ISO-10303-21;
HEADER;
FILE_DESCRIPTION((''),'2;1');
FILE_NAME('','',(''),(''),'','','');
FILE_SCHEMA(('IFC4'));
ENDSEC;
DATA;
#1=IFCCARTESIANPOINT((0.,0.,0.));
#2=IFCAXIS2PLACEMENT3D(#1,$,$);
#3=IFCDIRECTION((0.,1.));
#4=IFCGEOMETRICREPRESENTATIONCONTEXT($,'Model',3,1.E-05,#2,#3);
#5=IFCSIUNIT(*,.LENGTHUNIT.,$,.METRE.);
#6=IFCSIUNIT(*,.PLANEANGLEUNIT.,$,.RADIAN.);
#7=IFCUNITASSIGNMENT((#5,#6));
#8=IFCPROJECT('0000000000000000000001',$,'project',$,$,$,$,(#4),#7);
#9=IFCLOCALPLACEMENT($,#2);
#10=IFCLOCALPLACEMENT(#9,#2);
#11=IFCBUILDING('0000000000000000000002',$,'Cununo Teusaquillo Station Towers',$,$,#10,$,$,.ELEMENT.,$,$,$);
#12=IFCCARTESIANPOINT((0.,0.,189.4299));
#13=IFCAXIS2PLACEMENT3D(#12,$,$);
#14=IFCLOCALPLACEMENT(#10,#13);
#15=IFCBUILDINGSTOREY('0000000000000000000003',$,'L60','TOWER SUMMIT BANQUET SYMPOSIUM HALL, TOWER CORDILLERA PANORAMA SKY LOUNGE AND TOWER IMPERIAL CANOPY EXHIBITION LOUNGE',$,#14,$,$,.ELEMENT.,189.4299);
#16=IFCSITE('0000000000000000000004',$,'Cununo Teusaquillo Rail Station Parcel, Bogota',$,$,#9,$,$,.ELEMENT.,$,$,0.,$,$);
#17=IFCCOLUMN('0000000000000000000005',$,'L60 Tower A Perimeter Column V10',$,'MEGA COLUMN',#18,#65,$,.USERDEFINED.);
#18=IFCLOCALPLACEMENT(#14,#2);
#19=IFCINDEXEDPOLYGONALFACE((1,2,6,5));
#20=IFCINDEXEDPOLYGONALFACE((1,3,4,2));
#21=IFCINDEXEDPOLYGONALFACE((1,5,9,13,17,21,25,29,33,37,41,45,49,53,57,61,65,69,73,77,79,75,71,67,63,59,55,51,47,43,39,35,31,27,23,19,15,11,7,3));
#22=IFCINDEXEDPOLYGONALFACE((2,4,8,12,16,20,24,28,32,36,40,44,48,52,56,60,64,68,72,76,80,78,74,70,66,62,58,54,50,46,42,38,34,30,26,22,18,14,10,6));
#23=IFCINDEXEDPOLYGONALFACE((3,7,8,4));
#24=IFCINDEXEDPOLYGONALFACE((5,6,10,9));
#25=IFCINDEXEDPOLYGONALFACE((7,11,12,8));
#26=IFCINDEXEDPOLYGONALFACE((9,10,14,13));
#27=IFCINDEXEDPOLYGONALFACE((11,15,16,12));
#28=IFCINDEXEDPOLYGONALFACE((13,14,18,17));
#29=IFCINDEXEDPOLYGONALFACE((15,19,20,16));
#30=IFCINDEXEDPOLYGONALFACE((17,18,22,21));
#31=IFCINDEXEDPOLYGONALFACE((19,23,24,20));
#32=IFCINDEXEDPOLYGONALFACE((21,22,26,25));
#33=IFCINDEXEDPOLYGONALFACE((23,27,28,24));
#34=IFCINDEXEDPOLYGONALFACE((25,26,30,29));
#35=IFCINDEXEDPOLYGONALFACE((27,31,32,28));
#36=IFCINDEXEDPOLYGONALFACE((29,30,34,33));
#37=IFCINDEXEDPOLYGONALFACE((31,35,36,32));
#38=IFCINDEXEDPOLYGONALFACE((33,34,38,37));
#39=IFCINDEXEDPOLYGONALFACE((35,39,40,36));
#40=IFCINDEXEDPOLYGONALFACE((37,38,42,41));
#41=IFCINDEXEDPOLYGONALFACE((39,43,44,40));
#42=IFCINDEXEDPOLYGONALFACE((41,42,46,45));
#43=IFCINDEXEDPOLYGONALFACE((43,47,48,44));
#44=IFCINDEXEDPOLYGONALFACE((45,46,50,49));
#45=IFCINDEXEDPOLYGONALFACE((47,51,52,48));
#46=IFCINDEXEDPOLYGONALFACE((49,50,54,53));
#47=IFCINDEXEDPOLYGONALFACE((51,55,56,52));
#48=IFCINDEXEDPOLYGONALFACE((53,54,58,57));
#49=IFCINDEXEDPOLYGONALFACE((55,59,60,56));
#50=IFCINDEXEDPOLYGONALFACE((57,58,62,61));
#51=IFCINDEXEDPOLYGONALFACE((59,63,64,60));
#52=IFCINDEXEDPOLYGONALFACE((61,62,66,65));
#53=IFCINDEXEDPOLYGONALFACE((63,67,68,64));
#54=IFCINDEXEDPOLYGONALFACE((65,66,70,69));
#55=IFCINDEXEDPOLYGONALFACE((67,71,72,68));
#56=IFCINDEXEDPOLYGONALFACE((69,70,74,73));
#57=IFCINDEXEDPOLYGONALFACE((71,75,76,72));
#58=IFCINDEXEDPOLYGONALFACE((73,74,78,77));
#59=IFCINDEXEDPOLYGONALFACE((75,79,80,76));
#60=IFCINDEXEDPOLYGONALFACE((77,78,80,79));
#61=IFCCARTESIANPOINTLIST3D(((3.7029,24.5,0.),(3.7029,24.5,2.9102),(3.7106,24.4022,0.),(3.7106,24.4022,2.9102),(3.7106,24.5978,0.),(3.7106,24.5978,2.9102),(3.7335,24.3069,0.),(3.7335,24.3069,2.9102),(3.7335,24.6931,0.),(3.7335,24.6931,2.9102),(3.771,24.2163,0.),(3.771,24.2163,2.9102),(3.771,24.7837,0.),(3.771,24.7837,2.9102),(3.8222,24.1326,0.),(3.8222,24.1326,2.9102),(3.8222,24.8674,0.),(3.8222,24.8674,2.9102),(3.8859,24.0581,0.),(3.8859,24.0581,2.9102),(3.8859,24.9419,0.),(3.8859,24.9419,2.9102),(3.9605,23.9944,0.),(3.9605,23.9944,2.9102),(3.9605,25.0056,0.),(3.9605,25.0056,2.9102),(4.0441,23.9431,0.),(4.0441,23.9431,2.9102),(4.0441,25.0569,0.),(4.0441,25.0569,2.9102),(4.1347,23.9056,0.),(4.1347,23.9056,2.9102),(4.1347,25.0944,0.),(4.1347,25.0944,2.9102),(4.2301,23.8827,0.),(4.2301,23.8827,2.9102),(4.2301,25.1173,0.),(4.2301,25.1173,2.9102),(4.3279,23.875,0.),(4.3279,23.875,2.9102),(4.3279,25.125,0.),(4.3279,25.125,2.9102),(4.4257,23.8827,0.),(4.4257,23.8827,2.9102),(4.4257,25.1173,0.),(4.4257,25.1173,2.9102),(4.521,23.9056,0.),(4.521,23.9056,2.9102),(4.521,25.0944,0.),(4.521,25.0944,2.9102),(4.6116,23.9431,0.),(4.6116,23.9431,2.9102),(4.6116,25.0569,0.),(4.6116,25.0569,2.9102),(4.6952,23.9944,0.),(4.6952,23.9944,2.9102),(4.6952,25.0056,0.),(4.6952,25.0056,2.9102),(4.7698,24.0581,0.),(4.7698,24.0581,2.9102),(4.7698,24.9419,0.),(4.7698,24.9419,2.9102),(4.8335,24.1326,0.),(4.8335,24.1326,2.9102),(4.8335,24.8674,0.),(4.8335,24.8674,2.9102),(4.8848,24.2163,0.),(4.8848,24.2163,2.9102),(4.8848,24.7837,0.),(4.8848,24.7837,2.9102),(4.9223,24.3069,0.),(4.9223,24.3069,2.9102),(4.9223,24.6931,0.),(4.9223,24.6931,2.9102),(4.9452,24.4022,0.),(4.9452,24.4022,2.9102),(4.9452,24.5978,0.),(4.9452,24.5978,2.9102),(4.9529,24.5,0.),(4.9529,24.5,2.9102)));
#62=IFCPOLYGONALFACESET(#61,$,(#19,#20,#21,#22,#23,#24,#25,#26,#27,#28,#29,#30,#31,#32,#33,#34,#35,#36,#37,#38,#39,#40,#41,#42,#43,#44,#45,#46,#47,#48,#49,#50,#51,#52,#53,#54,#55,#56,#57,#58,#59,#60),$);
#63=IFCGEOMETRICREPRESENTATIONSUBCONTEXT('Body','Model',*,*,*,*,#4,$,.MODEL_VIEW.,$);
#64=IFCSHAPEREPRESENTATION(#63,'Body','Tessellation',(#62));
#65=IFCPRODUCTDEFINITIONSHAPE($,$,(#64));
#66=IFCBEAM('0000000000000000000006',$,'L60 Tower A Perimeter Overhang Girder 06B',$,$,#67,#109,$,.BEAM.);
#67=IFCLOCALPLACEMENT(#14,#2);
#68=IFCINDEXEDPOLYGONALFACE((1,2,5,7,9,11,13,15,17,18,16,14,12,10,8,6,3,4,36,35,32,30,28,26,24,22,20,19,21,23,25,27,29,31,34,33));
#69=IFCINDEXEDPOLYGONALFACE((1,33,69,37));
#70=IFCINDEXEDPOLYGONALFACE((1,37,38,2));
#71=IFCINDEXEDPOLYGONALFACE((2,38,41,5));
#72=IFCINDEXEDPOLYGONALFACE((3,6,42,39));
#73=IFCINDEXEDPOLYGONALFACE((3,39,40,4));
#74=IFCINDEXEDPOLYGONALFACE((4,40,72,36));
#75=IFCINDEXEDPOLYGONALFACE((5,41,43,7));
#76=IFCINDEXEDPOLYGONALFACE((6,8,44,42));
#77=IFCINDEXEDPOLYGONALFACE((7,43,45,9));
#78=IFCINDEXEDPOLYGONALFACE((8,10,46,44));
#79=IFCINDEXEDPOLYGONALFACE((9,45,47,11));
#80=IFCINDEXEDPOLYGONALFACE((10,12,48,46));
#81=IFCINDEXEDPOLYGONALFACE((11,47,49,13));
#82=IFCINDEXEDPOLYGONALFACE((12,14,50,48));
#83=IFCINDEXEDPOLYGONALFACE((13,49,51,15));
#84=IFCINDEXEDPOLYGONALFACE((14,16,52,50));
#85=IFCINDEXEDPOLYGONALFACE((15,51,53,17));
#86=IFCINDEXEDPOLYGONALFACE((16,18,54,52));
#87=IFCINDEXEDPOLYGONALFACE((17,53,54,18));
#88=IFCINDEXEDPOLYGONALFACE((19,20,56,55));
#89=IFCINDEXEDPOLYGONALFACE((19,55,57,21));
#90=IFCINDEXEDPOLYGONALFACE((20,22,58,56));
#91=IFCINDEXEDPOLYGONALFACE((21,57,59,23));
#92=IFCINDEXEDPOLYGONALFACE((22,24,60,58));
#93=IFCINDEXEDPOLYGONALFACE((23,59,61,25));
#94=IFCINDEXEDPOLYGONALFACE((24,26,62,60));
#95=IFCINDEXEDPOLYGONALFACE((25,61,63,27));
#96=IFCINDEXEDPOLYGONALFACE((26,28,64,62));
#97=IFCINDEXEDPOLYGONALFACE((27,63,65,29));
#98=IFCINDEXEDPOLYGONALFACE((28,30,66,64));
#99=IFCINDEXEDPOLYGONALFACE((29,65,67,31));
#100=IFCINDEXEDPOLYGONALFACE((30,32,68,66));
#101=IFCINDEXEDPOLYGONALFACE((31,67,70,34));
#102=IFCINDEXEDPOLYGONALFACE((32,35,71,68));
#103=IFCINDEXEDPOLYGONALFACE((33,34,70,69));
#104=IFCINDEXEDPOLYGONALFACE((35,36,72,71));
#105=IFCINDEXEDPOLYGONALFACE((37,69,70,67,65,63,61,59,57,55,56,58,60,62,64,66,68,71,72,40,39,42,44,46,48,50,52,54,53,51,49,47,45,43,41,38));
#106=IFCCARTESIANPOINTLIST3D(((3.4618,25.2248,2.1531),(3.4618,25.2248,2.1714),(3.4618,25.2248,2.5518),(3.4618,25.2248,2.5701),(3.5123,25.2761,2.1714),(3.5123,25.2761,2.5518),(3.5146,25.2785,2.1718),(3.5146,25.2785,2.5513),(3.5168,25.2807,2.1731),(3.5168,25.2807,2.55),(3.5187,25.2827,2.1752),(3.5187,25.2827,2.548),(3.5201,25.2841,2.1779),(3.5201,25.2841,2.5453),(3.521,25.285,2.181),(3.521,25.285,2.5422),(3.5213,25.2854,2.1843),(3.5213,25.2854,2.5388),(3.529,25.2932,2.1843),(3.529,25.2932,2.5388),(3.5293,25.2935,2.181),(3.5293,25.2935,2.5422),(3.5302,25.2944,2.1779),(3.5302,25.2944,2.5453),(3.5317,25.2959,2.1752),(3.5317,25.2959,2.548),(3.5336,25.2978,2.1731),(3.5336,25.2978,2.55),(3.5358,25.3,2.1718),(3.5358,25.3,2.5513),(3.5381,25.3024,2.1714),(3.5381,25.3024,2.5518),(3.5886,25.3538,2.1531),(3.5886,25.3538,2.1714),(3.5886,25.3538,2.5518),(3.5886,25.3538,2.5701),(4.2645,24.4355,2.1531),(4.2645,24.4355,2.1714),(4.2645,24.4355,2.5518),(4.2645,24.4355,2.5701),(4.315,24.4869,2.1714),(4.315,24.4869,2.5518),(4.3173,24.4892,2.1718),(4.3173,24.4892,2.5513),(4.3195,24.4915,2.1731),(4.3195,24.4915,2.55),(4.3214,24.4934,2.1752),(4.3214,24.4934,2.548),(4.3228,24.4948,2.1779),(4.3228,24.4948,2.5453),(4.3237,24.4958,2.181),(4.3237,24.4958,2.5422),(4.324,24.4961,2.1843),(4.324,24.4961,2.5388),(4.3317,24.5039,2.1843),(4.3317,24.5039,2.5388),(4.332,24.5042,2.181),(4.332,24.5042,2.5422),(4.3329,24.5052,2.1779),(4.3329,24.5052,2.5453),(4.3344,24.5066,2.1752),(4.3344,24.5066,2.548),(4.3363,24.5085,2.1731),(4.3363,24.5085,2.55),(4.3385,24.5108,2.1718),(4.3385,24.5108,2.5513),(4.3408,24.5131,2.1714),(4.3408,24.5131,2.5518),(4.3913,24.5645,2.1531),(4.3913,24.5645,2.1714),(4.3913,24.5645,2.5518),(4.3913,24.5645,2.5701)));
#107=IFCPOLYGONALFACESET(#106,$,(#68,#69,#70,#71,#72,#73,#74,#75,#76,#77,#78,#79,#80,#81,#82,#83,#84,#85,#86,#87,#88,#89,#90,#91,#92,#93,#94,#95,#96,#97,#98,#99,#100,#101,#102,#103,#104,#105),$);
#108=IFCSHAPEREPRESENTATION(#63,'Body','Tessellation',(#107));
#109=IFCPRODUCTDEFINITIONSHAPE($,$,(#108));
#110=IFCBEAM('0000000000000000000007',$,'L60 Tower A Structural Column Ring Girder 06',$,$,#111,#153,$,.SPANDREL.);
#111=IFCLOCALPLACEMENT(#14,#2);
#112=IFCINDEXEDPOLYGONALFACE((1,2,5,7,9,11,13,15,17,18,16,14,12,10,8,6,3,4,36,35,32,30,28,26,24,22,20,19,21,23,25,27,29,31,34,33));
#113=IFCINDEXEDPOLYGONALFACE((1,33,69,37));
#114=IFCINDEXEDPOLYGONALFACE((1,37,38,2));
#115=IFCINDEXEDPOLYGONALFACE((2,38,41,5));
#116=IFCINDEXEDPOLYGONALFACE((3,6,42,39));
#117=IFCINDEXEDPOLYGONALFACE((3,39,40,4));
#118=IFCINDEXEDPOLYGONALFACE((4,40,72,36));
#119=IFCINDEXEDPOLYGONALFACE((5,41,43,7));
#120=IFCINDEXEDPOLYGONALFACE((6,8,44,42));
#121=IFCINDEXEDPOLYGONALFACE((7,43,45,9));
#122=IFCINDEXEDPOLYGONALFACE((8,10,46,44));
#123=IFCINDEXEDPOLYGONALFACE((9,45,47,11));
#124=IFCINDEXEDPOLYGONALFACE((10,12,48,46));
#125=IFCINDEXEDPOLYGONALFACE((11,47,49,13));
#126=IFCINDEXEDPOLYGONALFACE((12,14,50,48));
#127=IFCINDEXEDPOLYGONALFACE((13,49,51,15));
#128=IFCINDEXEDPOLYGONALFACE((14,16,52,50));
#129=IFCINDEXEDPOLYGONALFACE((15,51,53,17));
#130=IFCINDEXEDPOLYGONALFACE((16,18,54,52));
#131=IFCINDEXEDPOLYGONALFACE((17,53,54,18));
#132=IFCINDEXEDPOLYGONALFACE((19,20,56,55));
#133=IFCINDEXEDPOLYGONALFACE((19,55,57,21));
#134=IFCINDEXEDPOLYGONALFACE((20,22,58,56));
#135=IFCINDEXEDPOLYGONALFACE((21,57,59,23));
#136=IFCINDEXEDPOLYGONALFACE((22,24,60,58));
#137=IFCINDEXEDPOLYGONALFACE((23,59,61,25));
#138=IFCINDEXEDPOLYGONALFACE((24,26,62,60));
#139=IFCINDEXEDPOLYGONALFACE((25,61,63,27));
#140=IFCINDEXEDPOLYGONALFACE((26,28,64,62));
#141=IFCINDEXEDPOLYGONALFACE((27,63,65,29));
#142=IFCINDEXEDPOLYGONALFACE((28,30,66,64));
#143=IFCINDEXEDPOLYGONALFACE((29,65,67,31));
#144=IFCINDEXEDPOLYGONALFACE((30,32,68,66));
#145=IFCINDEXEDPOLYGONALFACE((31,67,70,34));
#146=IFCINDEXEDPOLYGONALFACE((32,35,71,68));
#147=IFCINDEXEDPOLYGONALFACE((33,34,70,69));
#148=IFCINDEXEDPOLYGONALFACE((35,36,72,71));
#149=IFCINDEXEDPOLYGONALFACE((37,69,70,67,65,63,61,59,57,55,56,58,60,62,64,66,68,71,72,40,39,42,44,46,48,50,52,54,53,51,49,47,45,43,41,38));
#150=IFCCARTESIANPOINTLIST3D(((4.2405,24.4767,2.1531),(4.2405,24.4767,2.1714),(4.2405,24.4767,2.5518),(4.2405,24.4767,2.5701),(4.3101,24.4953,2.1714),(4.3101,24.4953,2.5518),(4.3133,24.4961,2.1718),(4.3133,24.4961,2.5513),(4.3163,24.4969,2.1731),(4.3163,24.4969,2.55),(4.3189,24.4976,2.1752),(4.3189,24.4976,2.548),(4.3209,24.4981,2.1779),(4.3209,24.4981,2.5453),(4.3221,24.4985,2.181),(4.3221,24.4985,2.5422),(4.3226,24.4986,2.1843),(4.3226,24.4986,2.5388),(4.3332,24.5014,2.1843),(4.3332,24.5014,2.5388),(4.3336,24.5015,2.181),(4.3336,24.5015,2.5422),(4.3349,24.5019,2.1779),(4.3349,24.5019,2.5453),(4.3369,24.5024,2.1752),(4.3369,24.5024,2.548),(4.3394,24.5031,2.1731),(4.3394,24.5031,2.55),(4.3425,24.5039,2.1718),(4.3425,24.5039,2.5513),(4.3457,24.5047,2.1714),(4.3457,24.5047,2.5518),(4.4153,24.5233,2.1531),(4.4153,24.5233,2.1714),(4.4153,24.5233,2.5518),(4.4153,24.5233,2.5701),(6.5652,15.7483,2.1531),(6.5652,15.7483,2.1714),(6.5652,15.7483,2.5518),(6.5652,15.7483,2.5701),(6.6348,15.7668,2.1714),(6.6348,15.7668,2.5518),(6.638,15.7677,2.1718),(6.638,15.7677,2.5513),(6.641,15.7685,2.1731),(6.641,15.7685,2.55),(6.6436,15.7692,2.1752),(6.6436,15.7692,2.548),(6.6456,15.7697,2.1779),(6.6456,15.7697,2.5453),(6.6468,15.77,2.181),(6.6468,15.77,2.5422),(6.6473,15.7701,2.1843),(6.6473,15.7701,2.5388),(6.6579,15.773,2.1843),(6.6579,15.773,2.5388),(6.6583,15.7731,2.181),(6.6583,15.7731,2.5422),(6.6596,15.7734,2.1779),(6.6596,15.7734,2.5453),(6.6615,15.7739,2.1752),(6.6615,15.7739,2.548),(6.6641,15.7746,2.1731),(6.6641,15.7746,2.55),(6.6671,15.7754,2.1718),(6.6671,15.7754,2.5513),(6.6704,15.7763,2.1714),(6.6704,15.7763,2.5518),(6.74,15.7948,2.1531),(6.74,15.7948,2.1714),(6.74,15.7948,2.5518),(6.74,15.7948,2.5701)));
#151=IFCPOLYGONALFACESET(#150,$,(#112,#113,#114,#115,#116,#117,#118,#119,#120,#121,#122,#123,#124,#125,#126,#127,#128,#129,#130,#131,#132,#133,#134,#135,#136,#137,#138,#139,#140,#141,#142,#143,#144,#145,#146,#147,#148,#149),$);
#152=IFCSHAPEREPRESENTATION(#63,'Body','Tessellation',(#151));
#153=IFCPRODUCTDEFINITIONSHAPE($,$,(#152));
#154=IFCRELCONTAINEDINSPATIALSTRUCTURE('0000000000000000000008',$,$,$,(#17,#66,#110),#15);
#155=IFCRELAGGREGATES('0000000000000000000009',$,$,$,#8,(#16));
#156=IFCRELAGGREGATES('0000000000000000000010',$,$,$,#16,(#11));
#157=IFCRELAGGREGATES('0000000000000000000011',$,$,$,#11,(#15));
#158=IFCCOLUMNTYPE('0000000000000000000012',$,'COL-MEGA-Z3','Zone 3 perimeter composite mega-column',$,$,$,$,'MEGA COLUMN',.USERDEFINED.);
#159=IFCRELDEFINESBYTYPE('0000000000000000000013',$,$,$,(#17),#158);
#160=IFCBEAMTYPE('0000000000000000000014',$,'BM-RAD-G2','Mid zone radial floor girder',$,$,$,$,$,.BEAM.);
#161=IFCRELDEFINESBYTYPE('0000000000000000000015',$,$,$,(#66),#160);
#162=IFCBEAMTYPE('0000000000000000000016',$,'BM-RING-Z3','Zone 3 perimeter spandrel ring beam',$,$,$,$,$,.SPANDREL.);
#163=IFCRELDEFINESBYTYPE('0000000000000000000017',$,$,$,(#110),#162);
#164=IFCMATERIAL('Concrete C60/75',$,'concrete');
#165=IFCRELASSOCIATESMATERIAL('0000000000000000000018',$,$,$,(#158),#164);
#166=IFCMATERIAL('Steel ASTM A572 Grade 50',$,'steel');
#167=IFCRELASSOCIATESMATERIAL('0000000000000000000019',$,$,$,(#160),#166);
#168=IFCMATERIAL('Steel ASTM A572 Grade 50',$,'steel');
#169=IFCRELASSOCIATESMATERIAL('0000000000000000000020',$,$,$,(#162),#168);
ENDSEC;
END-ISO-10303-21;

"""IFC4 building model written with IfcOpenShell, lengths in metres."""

from ifc_helpers import new_model, si_unit, direction, frame, origin, origin_2d, place, context, subcontext, project, spatial, circle, i_section, extrude, material, material_profile, profile_set, type_object, element, save


model = new_model("IFC4")

# Units and contexts
model_context = context("Model", 3, precision=1e-05, world=origin(), true_north=direction((0.0, 1.0)))
body_context = subcontext(model_context, "Body", "Model", "MODEL_VIEW")
ifc_project = project(units=[si_unit("LENGTHUNIT", "METRE"), si_unit("PLANEANGLEUNIT", "RADIAN")], contexts=[model_context])

# Site, building, storey
site_placement = place(None, origin())
site = spatial("IfcSite", under=ifc_project, at=site_placement, Name="Cununo Teusaquillo Rail Station Parcel, Bogota", CompositionType="ELEMENT", RefElevation=0.0)
building_placement = place(site_placement, origin())
building = spatial("IfcBuilding", under=site, at=building_placement, Name="Cununo Teusaquillo Station Towers", CompositionType="ELEMENT")
storey_placement = place(building_placement, frame((0.0, 0.0, 189.4299)))
storey = spatial("IfcBuildingStorey", under=building, at=storey_placement, Name="L60", Description="TOWER SUMMIT BANQUET SYMPOSIUM HALL, TOWER CORDILLERA PANORAMA SKY LOUNGE AND TOWER IMPERIAL CANOPY EXHIBITION LOUNGE", CompositionType="ELEMENT", Elevation=189.4299)

# Column
ifc_material_1 = material(Name="Concrete C60/75", Category="concrete")
ifc_material_profile_1 = material_profile(ifc_material_1, circle(Radius=0.625, at=origin_2d()), Name="RC-CIRC-1250")
ifc_profile_set_1 = profile_set([ifc_material_profile_1], Name="Concrete C60/75")
column_type = type_object("IfcColumnType", Name="COL-MEGA-Z3", Description="Zone 3 perimeter composite mega-column", ElementType="MEGA COLUMN", PredefinedType="USERDEFINED", material=ifc_profile_set_1)
column_placement = place(storey_placement, frame((4.3279, 24.5, 0.0), z_axis=(0.0, 0.0, 1.0), x_axis=(1.0, 0.0, 0.0)))
element("IfcColumn", 1, at=column_placement, inside=storey, type_object=column_type, Name="L60 Tower A Perimeter Column V10", ObjectType="MEGA COLUMN", PredefinedType="USERDEFINED", context=body_context, shape_type="SweptSolid", body=[
    extrude(circle(Radius=0.625, at=origin_2d()), origin(), (0.0, 0.0, 1.0), 2.9102),
])

# Beams
ifc_material_2 = material(Name="Steel ASTM A572 Grade 50", Category="steel")
ifc_material_profile_2 = material_profile(ifc_material_2, i_section(OverallWidth=0.1809, OverallDepth=0.417, WebThickness=0.011, FlangeThickness=0.0183, FilletRadius=0.0129, at=origin_2d()), Name="W16X57")
ifc_profile_set_2 = profile_set([ifc_material_profile_2], Name="Steel ASTM A572 Grade 50")
beam_type_1 = type_object("IfcBeamType", Name="BM-RAD-G2", Description="Mid zone radial floor girder", PredefinedType="BEAM", material=ifc_profile_set_2)
beam_1_placement = place(storey_placement, frame((4.3279, 24.5, 2.3616), z_axis=(-0.713045, 0.701118, 0.0), x_axis=(-0.701118, -0.713045, 0.0)))
element("IfcBeam", 2, at=beam_1_placement, inside=storey, type_object=beam_type_1, Name="L60 Tower A Perimeter Overhang Girder 06B", PredefinedType="BEAM", context=body_context, shape_type="SweptSolid", body=[
    extrude(i_section(OverallWidth=0.1809, OverallDepth=0.417, WebThickness=0.011, FlangeThickness=0.0183, FilletRadius=0.0129, at=origin_2d()), origin(), (0.0, 0.0, 1.0), 1.1257),
])
ifc_material_3 = material(Name="Steel ASTM A572 Grade 50", Category="steel")
ifc_material_profile_3 = material_profile(ifc_material_3, i_section(OverallWidth=0.1809, OverallDepth=0.417, WebThickness=0.011, FlangeThickness=0.0183, FilletRadius=0.0129, at=origin_2d()), Name="W16X57")
ifc_profile_set_3 = profile_set([ifc_material_profile_3], Name="Steel ASTM A572 Grade 50")
beam_type_2 = type_object("IfcBeamType", Name="BM-RING-Z3", Description="Zone 3 perimeter spandrel ring beam", PredefinedType="SPANDREL", material=ifc_profile_set_3)
beam_2_placement = place(storey_placement, frame((4.3279, 24.5, 2.3616), z_axis=(0.257363, -0.966315, 0.0), x_axis=(0.966315, 0.257363, 0.0)))
element("IfcBeam", 3, at=beam_2_placement, inside=storey, type_object=beam_type_2, Name="L60 Tower A Structural Column Ring Girder 06", PredefinedType="SPANDREL", context=body_context, shape_type="SweptSolid", body=[
    extrude(i_section(OverallWidth=0.1809, OverallDepth=0.417, WebThickness=0.011, FlangeThickness=0.0183, FilletRadius=0.0129, at=origin_2d()), origin(), (0.0, 0.0, 1.0), 9.0327),
])

save(model, "model.ifc")
